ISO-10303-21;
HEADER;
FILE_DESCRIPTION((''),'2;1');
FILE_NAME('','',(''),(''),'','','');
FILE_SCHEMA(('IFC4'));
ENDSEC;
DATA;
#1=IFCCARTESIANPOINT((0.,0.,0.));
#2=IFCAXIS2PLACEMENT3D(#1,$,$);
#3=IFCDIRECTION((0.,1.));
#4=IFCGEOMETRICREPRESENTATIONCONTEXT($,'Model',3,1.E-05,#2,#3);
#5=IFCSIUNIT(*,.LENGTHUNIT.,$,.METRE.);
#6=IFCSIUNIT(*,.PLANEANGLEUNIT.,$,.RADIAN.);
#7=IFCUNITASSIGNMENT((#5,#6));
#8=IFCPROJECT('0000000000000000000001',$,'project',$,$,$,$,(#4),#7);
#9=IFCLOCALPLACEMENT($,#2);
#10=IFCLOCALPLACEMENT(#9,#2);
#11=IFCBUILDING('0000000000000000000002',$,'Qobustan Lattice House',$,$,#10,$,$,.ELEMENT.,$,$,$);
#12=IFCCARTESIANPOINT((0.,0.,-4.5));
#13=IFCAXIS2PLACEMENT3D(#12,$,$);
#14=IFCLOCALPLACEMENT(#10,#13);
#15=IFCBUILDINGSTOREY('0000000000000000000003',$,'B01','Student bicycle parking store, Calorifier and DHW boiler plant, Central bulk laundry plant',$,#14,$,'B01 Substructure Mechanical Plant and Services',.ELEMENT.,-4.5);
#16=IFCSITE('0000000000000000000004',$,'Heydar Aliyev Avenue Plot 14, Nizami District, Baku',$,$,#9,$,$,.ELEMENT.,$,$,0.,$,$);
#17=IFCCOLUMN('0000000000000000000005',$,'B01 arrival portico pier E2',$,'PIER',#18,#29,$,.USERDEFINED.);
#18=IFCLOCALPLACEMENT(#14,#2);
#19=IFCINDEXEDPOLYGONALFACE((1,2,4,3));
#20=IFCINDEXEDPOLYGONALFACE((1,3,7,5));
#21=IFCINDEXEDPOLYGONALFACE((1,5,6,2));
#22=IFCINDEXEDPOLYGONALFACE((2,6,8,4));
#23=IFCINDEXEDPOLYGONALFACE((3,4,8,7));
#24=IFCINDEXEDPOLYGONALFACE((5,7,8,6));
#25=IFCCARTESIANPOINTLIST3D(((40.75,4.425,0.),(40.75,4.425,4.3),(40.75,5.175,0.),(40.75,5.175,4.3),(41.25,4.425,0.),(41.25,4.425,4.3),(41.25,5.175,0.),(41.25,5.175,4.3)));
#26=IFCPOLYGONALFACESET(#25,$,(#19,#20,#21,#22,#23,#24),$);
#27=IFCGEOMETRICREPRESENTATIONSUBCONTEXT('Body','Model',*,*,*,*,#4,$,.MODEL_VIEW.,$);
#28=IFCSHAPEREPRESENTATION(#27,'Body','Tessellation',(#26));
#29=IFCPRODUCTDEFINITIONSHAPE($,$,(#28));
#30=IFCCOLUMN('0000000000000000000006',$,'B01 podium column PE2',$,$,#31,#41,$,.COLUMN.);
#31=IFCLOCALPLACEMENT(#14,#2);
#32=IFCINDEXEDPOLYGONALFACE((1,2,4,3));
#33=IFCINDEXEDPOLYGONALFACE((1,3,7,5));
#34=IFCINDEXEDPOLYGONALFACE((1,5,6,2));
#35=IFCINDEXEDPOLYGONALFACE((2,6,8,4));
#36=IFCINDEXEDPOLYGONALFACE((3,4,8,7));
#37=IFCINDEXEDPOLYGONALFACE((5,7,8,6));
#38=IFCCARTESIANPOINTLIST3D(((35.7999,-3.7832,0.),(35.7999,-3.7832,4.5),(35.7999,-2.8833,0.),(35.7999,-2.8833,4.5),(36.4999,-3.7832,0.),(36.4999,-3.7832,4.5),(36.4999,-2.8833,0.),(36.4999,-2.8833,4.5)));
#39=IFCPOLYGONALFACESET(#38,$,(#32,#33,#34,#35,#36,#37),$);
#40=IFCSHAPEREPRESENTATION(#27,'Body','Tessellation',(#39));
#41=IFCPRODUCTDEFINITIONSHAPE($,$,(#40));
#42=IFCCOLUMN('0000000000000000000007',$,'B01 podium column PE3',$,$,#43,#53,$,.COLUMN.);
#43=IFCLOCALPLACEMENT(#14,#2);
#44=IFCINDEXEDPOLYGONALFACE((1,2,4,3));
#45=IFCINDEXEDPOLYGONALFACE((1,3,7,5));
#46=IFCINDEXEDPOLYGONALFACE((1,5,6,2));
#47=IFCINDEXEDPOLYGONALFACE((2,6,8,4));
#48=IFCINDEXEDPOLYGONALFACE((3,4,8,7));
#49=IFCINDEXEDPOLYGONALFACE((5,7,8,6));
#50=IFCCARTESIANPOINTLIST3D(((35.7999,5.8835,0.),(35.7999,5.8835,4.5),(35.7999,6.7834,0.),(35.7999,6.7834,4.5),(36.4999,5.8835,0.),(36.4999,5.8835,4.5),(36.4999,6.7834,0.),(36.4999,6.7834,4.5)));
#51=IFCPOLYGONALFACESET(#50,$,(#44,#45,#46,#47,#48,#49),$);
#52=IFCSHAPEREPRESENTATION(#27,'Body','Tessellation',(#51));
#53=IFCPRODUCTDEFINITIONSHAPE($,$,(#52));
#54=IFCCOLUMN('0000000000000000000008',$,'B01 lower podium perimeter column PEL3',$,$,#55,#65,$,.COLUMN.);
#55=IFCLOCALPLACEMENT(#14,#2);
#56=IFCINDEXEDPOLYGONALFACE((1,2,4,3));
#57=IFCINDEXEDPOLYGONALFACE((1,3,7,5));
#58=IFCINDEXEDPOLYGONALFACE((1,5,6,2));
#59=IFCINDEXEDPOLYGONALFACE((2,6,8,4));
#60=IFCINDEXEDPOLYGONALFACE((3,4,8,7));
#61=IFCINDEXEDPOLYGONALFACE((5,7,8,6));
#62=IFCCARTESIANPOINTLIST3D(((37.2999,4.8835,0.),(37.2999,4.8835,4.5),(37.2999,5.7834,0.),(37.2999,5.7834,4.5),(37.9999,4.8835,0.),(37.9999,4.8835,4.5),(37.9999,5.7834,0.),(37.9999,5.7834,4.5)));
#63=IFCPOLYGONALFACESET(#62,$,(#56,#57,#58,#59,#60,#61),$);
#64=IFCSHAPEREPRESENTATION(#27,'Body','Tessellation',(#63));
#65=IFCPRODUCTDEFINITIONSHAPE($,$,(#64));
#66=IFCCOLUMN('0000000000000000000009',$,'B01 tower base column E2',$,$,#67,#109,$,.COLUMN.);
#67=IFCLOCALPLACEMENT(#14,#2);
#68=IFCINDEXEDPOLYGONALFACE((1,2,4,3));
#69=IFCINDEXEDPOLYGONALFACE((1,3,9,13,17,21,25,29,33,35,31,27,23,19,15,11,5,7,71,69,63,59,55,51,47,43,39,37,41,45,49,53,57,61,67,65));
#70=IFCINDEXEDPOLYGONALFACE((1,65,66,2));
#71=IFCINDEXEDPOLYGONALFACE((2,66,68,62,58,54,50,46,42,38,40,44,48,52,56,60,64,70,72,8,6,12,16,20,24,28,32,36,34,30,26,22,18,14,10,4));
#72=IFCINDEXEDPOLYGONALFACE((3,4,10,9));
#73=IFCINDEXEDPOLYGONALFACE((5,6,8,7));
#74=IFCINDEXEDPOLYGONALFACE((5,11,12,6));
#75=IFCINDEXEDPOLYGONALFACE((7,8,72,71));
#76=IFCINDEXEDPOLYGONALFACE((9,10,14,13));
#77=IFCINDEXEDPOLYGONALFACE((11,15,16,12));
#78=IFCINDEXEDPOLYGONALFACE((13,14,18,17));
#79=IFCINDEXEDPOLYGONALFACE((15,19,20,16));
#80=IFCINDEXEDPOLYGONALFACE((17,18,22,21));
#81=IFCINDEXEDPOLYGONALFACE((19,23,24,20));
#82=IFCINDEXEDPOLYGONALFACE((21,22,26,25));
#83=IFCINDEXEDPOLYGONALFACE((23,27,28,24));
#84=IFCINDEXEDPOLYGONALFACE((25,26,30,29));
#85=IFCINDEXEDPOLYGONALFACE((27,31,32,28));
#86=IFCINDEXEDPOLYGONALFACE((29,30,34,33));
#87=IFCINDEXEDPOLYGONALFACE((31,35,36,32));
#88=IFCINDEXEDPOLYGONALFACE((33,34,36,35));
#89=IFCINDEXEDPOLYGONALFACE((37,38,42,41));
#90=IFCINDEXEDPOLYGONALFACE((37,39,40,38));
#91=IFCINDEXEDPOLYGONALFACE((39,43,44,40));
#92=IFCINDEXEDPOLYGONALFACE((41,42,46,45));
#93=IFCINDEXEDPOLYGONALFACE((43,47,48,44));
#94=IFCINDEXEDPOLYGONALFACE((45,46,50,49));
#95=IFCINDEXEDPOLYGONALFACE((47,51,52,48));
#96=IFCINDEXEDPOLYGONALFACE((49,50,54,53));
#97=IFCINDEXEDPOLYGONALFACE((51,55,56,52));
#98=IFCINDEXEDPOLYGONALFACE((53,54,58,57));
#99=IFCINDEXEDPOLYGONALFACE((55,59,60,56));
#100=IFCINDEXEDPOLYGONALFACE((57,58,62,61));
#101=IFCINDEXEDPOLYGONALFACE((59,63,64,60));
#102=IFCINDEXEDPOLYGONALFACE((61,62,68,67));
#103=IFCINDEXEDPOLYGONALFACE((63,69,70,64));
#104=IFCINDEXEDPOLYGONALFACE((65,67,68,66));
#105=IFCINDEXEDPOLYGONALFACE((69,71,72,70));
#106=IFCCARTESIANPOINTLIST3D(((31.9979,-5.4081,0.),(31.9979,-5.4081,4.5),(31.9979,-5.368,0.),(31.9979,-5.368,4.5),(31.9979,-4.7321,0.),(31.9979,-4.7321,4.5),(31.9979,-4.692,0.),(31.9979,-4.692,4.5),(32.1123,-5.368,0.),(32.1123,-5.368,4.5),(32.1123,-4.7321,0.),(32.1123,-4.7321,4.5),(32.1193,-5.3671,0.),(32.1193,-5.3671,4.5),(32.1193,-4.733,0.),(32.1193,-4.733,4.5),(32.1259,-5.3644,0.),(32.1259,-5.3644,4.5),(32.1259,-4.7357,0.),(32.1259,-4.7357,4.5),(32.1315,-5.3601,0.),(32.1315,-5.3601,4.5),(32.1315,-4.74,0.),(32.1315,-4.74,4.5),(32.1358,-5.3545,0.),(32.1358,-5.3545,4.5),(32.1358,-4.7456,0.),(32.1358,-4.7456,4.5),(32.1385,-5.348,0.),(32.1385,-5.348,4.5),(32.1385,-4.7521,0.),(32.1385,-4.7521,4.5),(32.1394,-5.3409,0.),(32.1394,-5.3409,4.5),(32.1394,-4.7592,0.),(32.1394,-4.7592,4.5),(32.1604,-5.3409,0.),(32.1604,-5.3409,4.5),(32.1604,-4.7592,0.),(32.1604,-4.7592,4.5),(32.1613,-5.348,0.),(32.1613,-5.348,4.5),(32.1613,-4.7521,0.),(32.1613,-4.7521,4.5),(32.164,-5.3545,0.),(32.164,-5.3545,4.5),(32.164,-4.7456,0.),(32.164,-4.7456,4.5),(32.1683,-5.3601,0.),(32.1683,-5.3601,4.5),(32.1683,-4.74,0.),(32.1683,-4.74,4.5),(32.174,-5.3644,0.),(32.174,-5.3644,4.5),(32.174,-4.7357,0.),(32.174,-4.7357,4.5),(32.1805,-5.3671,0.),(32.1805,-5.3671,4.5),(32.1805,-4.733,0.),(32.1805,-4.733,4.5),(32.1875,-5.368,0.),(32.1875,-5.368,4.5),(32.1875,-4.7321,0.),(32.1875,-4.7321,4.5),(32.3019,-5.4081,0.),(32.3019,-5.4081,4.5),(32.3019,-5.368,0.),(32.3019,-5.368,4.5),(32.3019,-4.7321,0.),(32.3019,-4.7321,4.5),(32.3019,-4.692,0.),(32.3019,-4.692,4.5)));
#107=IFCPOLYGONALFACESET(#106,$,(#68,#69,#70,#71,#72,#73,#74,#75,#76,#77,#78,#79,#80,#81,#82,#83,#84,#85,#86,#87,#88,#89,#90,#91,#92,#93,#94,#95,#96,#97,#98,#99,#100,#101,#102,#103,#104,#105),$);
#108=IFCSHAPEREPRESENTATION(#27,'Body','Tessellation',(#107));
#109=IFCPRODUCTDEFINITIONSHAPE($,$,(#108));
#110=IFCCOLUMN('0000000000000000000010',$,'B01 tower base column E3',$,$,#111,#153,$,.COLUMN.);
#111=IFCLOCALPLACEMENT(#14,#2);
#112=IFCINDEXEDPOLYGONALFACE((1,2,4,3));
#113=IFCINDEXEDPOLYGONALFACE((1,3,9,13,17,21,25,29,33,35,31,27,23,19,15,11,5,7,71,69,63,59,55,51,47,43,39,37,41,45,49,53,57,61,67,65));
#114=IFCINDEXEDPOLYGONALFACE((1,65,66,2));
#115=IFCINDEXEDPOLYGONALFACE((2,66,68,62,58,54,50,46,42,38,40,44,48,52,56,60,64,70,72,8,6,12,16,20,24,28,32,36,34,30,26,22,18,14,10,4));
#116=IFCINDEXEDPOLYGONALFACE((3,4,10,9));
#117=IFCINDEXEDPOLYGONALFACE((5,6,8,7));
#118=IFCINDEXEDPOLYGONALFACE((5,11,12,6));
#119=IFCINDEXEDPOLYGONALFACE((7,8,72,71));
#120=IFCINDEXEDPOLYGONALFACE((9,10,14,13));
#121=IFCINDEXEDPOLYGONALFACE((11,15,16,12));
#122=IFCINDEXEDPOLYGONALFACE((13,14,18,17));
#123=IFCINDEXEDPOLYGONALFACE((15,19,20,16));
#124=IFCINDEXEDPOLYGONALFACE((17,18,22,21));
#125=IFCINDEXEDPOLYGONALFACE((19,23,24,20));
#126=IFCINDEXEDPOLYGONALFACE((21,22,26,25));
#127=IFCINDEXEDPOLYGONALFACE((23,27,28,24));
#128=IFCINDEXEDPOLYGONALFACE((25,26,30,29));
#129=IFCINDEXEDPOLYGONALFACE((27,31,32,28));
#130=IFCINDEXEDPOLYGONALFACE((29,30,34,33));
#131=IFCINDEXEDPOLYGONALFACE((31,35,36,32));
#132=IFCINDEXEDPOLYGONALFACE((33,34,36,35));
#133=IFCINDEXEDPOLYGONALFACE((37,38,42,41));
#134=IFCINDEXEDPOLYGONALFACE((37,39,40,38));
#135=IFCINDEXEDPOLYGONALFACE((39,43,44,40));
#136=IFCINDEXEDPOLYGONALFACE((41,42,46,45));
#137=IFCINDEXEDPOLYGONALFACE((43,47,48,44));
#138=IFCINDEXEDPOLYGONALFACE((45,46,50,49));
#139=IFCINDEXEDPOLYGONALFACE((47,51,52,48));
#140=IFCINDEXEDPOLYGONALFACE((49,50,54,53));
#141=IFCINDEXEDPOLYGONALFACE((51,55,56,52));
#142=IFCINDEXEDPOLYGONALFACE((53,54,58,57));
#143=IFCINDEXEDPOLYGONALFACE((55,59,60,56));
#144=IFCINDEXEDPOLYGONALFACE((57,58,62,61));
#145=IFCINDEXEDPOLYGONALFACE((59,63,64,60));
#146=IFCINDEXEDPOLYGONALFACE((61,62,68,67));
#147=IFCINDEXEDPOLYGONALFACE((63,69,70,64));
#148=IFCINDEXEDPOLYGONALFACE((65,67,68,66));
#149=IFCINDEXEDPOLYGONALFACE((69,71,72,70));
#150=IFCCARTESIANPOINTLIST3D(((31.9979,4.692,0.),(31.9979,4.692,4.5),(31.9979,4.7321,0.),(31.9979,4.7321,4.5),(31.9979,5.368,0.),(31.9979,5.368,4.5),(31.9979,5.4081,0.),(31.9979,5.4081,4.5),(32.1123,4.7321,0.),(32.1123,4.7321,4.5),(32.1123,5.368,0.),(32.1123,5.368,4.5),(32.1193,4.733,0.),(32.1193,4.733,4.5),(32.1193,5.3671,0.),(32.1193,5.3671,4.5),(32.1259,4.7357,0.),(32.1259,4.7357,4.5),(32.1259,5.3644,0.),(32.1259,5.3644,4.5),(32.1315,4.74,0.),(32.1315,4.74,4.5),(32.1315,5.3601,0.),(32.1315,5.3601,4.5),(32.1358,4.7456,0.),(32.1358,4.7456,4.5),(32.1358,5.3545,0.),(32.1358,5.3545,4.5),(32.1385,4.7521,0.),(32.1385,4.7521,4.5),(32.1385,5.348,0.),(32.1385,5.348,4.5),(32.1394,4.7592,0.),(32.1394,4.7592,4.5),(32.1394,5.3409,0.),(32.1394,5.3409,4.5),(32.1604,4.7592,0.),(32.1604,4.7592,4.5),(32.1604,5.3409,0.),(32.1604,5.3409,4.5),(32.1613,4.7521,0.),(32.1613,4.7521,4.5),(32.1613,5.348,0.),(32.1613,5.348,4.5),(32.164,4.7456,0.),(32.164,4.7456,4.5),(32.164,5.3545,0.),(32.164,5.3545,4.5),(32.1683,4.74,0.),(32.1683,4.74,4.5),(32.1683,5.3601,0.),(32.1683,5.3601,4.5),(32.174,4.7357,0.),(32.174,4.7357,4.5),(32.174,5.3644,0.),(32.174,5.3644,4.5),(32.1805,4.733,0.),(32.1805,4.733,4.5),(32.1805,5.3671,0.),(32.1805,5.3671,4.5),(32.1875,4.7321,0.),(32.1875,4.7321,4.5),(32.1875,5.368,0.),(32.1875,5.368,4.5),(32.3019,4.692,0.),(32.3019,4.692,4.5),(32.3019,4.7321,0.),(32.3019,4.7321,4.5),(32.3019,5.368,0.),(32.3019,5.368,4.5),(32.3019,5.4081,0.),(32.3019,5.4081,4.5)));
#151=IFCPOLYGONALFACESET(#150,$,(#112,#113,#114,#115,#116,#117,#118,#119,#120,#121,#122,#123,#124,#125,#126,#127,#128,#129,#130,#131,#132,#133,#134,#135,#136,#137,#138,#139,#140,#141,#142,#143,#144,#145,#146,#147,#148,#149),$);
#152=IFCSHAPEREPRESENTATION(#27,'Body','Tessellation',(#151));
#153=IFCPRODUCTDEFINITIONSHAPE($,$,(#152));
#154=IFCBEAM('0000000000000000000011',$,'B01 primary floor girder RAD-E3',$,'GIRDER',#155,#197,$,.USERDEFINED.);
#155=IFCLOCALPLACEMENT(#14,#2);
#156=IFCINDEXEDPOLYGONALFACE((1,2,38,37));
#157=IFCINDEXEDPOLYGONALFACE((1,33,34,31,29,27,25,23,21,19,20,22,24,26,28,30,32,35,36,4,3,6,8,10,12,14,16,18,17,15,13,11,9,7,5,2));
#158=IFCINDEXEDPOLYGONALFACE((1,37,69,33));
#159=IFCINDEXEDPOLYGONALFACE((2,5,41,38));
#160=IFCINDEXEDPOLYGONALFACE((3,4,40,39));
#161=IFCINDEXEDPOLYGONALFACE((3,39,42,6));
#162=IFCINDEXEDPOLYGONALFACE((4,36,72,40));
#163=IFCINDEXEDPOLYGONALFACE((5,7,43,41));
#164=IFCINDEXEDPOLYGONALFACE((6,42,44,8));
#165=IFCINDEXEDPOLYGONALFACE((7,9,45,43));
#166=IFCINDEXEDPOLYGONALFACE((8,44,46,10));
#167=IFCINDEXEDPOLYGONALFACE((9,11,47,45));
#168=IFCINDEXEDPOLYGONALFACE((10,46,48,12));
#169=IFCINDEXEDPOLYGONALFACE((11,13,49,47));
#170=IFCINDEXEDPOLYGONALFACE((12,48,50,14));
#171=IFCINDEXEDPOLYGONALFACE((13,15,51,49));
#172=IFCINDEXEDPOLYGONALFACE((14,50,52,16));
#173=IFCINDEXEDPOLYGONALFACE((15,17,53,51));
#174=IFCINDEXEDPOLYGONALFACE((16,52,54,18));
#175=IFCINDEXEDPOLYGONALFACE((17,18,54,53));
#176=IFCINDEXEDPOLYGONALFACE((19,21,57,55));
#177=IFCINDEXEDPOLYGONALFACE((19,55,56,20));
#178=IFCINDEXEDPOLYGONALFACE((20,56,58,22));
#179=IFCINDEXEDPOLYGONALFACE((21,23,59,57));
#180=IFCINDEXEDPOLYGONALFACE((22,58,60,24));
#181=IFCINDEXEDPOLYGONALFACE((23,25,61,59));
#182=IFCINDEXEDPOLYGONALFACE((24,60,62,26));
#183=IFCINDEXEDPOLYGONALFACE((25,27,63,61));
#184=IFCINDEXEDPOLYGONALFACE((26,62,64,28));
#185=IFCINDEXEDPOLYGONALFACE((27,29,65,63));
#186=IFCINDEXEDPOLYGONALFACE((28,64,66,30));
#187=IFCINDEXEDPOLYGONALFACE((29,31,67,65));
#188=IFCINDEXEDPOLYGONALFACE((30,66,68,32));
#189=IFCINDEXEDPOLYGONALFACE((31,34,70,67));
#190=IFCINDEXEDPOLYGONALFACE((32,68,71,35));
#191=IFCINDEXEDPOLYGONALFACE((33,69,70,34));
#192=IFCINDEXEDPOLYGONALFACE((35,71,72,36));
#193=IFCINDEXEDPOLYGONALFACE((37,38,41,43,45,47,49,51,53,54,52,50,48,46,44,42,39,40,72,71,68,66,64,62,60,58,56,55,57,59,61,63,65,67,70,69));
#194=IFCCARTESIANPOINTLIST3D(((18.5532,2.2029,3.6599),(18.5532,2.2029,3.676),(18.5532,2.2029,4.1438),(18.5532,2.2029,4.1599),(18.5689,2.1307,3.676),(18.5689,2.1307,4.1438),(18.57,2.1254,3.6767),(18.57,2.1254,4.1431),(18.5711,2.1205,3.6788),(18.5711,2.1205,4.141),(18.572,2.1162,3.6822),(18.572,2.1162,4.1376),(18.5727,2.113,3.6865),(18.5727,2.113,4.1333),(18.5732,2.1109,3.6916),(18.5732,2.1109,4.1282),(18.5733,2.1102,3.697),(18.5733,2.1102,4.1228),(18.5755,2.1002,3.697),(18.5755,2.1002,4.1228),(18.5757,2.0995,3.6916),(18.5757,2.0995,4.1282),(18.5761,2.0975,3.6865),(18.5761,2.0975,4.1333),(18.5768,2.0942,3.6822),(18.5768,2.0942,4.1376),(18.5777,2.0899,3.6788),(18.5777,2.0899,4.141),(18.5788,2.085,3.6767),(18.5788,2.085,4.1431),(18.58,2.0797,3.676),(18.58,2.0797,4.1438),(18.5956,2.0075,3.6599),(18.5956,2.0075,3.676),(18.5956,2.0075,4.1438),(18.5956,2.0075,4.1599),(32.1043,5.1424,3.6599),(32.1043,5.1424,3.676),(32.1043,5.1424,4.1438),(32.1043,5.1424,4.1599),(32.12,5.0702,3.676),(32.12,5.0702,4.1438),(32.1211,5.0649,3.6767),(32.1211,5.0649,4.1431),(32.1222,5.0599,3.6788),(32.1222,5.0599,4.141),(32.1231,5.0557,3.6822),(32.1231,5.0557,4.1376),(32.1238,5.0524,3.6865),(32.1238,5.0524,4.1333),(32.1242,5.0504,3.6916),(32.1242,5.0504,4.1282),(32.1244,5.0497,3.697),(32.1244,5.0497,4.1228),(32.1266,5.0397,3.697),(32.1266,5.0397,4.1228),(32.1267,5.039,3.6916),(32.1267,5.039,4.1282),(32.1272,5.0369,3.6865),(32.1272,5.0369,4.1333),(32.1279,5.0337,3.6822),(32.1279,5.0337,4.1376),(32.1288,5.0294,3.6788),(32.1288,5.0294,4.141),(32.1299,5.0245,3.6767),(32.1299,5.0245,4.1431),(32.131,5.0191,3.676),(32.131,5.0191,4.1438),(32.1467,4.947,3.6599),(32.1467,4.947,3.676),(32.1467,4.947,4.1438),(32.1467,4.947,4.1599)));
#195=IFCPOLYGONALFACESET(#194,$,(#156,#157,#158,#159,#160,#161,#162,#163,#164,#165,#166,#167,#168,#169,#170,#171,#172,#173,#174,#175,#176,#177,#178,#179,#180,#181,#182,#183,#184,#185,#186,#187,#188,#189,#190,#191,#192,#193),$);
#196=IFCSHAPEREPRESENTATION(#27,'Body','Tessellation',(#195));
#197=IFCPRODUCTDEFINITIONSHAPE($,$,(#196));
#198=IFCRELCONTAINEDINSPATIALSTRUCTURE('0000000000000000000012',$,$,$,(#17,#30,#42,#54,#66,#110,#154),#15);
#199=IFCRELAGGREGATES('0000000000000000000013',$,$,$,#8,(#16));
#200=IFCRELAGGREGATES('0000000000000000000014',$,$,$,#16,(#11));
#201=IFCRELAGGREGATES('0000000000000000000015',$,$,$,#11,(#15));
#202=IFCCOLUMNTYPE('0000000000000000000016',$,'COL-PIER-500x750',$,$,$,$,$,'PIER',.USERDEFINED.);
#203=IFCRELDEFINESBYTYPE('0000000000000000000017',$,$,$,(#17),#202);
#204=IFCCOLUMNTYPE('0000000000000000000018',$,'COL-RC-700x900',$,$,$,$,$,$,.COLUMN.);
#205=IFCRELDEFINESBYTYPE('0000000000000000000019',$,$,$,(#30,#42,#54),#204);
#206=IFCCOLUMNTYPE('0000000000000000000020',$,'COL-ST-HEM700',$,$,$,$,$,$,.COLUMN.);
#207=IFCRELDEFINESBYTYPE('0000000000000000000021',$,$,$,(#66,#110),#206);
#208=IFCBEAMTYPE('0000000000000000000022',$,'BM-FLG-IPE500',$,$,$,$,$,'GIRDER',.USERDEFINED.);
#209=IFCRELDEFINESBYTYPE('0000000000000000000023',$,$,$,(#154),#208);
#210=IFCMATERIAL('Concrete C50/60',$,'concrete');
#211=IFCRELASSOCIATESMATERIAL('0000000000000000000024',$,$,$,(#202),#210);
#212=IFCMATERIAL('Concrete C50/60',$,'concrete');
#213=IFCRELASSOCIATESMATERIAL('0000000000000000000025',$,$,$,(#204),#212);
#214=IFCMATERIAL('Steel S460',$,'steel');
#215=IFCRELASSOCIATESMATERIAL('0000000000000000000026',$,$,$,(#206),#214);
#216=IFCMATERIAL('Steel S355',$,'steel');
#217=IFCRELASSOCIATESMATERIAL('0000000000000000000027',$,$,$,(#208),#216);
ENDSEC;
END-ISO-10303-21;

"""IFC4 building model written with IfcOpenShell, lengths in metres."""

from ifc_helpers import new_model, si_unit, direction, frame, origin, origin_2d, place, context, subcontext, project, spatial, rectangle, i_section, extrude, material, material_profile, profile_set, type_object, element, save


model = new_model("IFC4")

# Units and contexts
model_context = context("Model", 3, precision=1e-05, world=origin(), true_north=direction((0.0, 1.0)))
body_context = subcontext(model_context, "Body", "Model", "MODEL_VIEW")
ifc_project = project(units=[si_unit("LENGTHUNIT", "METRE"), si_unit("PLANEANGLEUNIT", "RADIAN")], contexts=[model_context])

# Site, building, storey
site_placement = place(None, origin())
site = spatial("IfcSite", under=ifc_project, at=site_placement, Name="Heydar Aliyev Avenue Plot 14, Nizami District, Baku", CompositionType="ELEMENT", RefElevation=0.0)
building_placement = place(site_placement, origin())
building = spatial("IfcBuilding", under=site, at=building_placement, Name="Qobustan Lattice House", CompositionType="ELEMENT")
storey_placement = place(building_placement, frame((0.0, 0.0, -4.5)))
storey = spatial("IfcBuildingStorey", under=building, at=storey_placement, Name="B01", Description="Student bicycle parking store, Calorifier and DHW boiler plant, Central bulk laundry plant", LongName="B01 Substructure Mechanical Plant and Services", CompositionType="ELEMENT", Elevation=-4.5)

# Columns
ifc_material_1 = material(Name="Concrete C50/60", Category="concrete")
ifc_material_profile_1 = material_profile(ifc_material_1, rectangle(XDim=0.5, YDim=0.75, at=origin_2d()), Name="RC500x750")
ifc_profile_set_1 = profile_set([ifc_material_profile_1], Name="Concrete C50/60")
column_type_1 = type_object("IfcColumnType", Name="COL-PIER-500x750", ElementType="PIER", PredefinedType="USERDEFINED", material=ifc_profile_set_1)
column_placement = place(storey_placement, frame((41.0, 4.8, 0.0), z_axis=(0.0, 0.0, 1.0), x_axis=(1.0, 0.0, 0.0)))
element("IfcColumn", 1, at=column_placement, inside=storey, type_object=column_type_1, Name="B01 arrival portico pier E2", ObjectType="PIER", PredefinedType="USERDEFINED", context=body_context, shape_type="SweptSolid", body=[
    extrude(rectangle(XDim=0.5, YDim=0.75, at=origin_2d()), origin(), (0.0, 0.0, 1.0), 4.3),
])
ifc_material_2 = material(Name="Concrete C50/60", Category="concrete")
ifc_material_profile_2 = material_profile(ifc_material_2, rectangle(XDim=0.7, YDim=0.8999, at=origin_2d()), Name="RC700x900")
ifc_profile_set_2 = profile_set([ifc_material_profile_2], Name="Concrete C50/60")
column_type_2 = type_object("IfcColumnType", Name="COL-RC-700x900", PredefinedType="COLUMN", material=ifc_profile_set_2)
for number, where, z_axis, x_axis, name in (
    (2, (36.1499, -3.3333, 0.0), (0.0, 0.0, 1.0), (1.0, 0.0, 0.0), "B01 podium column PE2"),
    (3, (36.1499, 6.3335, 0.0), (0.0, 0.0, 1.0), (1.0, 0.0, 0.0), "B01 podium column PE3"),
    (4, (37.6499, 5.3335, 0.0), (0.0, 0.0, 1.0), (1.0, 0.0, 0.0), "B01 lower podium perimeter column PEL3"),
):
    element("IfcColumn", number, at=place(storey_placement, frame(where, z_axis=z_axis, x_axis=x_axis)), inside=storey, type_object=column_type_2, Name=name, PredefinedType="COLUMN", context=body_context, shape_type="SweptSolid", body=[
        extrude(rectangle(XDim=0.7, YDim=0.8999, at=origin_2d()), origin(), (0.0, 0.0, 1.0), 4.5),
    ])
ifc_material_3 = material(Name="Steel S460", Category="steel")
ifc_material_profile_3 = material_profile(ifc_material_3, i_section(OverallWidth=0.304, OverallDepth=0.7161, WebThickness=0.021, FlangeThickness=0.04, FilletRadius=0.0271, at=origin_2d()), Name="HEM700")
ifc_profile_set_3 = profile_set([ifc_material_profile_3], Name="Steel S460")
column_type_3 = type_object("IfcColumnType", Name="COL-ST-HEM700", PredefinedType="COLUMN", material=ifc_profile_set_3)
for number, where, z_axis, x_axis, name in (
    (5, (32.1499, -5.05, 0.0), (0.0, 0.0, 1.0), (1.0, 0.0, 0.0), "B01 tower base column E2"),
    (6, (32.1499, 5.05, 0.0), (0.0, 0.0, 1.0), (1.0, 0.0, 0.0), "B01 tower base column E3"),
):
    element("IfcColumn", number, at=place(storey_placement, frame(where, z_axis=z_axis, x_axis=x_axis)), inside=storey, type_object=column_type_3, Name=name, PredefinedType="COLUMN", context=body_context, shape_type="SweptSolid", body=[
        extrude(i_section(OverallWidth=0.304, OverallDepth=0.7161, WebThickness=0.021, FlangeThickness=0.04, FilletRadius=0.0271, at=origin_2d()), origin(), (0.0, 0.0, 1.0), 4.5),
    ])

# Beam
ifc_material_4 = material(Name="Steel S355", Category="steel")
ifc_material_profile_4 = material_profile(ifc_material_4, i_section(OverallWidth=0.2, OverallDepth=0.5, WebThickness=0.0103, FlangeThickness=0.0161, FilletRadius=0.021, at=origin_2d()), Name="IPE500")
ifc_profile_set_4 = profile_set([ifc_material_profile_4], Name="Steel S355")
beam_type_1 = type_object("IfcBeamType", Name="BM-FLG-IPE500", ElementType="GIRDER", PredefinedType="USERDEFINED", material=ifc_profile_set_4)
for number, where, z_axis, x_axis, name in (
    (7, (32.1255, 5.0447, 3.9099), (-0.977272, -0.211987, 0.0), (0.211987, -0.977272, 0.0), "B01 primary floor girder RAD-E3"),
):
    element("IfcBeam", number, at=place(storey_placement, frame(where, z_axis=z_axis, x_axis=x_axis)), inside=storey, type_object=beam_type_1, Name=name, ObjectType="GIRDER", PredefinedType="USERDEFINED", context=body_context, shape_type="SweptSolid", body=[
        extrude(i_section(OverallWidth=0.2, OverallDepth=0.5, WebThickness=0.0103, FlangeThickness=0.0161, FilletRadius=0.021, at=origin_2d()), origin(), (0.0, 0.0, 1.0), 13.8662),
    ])

save(model, "model.ifc")
